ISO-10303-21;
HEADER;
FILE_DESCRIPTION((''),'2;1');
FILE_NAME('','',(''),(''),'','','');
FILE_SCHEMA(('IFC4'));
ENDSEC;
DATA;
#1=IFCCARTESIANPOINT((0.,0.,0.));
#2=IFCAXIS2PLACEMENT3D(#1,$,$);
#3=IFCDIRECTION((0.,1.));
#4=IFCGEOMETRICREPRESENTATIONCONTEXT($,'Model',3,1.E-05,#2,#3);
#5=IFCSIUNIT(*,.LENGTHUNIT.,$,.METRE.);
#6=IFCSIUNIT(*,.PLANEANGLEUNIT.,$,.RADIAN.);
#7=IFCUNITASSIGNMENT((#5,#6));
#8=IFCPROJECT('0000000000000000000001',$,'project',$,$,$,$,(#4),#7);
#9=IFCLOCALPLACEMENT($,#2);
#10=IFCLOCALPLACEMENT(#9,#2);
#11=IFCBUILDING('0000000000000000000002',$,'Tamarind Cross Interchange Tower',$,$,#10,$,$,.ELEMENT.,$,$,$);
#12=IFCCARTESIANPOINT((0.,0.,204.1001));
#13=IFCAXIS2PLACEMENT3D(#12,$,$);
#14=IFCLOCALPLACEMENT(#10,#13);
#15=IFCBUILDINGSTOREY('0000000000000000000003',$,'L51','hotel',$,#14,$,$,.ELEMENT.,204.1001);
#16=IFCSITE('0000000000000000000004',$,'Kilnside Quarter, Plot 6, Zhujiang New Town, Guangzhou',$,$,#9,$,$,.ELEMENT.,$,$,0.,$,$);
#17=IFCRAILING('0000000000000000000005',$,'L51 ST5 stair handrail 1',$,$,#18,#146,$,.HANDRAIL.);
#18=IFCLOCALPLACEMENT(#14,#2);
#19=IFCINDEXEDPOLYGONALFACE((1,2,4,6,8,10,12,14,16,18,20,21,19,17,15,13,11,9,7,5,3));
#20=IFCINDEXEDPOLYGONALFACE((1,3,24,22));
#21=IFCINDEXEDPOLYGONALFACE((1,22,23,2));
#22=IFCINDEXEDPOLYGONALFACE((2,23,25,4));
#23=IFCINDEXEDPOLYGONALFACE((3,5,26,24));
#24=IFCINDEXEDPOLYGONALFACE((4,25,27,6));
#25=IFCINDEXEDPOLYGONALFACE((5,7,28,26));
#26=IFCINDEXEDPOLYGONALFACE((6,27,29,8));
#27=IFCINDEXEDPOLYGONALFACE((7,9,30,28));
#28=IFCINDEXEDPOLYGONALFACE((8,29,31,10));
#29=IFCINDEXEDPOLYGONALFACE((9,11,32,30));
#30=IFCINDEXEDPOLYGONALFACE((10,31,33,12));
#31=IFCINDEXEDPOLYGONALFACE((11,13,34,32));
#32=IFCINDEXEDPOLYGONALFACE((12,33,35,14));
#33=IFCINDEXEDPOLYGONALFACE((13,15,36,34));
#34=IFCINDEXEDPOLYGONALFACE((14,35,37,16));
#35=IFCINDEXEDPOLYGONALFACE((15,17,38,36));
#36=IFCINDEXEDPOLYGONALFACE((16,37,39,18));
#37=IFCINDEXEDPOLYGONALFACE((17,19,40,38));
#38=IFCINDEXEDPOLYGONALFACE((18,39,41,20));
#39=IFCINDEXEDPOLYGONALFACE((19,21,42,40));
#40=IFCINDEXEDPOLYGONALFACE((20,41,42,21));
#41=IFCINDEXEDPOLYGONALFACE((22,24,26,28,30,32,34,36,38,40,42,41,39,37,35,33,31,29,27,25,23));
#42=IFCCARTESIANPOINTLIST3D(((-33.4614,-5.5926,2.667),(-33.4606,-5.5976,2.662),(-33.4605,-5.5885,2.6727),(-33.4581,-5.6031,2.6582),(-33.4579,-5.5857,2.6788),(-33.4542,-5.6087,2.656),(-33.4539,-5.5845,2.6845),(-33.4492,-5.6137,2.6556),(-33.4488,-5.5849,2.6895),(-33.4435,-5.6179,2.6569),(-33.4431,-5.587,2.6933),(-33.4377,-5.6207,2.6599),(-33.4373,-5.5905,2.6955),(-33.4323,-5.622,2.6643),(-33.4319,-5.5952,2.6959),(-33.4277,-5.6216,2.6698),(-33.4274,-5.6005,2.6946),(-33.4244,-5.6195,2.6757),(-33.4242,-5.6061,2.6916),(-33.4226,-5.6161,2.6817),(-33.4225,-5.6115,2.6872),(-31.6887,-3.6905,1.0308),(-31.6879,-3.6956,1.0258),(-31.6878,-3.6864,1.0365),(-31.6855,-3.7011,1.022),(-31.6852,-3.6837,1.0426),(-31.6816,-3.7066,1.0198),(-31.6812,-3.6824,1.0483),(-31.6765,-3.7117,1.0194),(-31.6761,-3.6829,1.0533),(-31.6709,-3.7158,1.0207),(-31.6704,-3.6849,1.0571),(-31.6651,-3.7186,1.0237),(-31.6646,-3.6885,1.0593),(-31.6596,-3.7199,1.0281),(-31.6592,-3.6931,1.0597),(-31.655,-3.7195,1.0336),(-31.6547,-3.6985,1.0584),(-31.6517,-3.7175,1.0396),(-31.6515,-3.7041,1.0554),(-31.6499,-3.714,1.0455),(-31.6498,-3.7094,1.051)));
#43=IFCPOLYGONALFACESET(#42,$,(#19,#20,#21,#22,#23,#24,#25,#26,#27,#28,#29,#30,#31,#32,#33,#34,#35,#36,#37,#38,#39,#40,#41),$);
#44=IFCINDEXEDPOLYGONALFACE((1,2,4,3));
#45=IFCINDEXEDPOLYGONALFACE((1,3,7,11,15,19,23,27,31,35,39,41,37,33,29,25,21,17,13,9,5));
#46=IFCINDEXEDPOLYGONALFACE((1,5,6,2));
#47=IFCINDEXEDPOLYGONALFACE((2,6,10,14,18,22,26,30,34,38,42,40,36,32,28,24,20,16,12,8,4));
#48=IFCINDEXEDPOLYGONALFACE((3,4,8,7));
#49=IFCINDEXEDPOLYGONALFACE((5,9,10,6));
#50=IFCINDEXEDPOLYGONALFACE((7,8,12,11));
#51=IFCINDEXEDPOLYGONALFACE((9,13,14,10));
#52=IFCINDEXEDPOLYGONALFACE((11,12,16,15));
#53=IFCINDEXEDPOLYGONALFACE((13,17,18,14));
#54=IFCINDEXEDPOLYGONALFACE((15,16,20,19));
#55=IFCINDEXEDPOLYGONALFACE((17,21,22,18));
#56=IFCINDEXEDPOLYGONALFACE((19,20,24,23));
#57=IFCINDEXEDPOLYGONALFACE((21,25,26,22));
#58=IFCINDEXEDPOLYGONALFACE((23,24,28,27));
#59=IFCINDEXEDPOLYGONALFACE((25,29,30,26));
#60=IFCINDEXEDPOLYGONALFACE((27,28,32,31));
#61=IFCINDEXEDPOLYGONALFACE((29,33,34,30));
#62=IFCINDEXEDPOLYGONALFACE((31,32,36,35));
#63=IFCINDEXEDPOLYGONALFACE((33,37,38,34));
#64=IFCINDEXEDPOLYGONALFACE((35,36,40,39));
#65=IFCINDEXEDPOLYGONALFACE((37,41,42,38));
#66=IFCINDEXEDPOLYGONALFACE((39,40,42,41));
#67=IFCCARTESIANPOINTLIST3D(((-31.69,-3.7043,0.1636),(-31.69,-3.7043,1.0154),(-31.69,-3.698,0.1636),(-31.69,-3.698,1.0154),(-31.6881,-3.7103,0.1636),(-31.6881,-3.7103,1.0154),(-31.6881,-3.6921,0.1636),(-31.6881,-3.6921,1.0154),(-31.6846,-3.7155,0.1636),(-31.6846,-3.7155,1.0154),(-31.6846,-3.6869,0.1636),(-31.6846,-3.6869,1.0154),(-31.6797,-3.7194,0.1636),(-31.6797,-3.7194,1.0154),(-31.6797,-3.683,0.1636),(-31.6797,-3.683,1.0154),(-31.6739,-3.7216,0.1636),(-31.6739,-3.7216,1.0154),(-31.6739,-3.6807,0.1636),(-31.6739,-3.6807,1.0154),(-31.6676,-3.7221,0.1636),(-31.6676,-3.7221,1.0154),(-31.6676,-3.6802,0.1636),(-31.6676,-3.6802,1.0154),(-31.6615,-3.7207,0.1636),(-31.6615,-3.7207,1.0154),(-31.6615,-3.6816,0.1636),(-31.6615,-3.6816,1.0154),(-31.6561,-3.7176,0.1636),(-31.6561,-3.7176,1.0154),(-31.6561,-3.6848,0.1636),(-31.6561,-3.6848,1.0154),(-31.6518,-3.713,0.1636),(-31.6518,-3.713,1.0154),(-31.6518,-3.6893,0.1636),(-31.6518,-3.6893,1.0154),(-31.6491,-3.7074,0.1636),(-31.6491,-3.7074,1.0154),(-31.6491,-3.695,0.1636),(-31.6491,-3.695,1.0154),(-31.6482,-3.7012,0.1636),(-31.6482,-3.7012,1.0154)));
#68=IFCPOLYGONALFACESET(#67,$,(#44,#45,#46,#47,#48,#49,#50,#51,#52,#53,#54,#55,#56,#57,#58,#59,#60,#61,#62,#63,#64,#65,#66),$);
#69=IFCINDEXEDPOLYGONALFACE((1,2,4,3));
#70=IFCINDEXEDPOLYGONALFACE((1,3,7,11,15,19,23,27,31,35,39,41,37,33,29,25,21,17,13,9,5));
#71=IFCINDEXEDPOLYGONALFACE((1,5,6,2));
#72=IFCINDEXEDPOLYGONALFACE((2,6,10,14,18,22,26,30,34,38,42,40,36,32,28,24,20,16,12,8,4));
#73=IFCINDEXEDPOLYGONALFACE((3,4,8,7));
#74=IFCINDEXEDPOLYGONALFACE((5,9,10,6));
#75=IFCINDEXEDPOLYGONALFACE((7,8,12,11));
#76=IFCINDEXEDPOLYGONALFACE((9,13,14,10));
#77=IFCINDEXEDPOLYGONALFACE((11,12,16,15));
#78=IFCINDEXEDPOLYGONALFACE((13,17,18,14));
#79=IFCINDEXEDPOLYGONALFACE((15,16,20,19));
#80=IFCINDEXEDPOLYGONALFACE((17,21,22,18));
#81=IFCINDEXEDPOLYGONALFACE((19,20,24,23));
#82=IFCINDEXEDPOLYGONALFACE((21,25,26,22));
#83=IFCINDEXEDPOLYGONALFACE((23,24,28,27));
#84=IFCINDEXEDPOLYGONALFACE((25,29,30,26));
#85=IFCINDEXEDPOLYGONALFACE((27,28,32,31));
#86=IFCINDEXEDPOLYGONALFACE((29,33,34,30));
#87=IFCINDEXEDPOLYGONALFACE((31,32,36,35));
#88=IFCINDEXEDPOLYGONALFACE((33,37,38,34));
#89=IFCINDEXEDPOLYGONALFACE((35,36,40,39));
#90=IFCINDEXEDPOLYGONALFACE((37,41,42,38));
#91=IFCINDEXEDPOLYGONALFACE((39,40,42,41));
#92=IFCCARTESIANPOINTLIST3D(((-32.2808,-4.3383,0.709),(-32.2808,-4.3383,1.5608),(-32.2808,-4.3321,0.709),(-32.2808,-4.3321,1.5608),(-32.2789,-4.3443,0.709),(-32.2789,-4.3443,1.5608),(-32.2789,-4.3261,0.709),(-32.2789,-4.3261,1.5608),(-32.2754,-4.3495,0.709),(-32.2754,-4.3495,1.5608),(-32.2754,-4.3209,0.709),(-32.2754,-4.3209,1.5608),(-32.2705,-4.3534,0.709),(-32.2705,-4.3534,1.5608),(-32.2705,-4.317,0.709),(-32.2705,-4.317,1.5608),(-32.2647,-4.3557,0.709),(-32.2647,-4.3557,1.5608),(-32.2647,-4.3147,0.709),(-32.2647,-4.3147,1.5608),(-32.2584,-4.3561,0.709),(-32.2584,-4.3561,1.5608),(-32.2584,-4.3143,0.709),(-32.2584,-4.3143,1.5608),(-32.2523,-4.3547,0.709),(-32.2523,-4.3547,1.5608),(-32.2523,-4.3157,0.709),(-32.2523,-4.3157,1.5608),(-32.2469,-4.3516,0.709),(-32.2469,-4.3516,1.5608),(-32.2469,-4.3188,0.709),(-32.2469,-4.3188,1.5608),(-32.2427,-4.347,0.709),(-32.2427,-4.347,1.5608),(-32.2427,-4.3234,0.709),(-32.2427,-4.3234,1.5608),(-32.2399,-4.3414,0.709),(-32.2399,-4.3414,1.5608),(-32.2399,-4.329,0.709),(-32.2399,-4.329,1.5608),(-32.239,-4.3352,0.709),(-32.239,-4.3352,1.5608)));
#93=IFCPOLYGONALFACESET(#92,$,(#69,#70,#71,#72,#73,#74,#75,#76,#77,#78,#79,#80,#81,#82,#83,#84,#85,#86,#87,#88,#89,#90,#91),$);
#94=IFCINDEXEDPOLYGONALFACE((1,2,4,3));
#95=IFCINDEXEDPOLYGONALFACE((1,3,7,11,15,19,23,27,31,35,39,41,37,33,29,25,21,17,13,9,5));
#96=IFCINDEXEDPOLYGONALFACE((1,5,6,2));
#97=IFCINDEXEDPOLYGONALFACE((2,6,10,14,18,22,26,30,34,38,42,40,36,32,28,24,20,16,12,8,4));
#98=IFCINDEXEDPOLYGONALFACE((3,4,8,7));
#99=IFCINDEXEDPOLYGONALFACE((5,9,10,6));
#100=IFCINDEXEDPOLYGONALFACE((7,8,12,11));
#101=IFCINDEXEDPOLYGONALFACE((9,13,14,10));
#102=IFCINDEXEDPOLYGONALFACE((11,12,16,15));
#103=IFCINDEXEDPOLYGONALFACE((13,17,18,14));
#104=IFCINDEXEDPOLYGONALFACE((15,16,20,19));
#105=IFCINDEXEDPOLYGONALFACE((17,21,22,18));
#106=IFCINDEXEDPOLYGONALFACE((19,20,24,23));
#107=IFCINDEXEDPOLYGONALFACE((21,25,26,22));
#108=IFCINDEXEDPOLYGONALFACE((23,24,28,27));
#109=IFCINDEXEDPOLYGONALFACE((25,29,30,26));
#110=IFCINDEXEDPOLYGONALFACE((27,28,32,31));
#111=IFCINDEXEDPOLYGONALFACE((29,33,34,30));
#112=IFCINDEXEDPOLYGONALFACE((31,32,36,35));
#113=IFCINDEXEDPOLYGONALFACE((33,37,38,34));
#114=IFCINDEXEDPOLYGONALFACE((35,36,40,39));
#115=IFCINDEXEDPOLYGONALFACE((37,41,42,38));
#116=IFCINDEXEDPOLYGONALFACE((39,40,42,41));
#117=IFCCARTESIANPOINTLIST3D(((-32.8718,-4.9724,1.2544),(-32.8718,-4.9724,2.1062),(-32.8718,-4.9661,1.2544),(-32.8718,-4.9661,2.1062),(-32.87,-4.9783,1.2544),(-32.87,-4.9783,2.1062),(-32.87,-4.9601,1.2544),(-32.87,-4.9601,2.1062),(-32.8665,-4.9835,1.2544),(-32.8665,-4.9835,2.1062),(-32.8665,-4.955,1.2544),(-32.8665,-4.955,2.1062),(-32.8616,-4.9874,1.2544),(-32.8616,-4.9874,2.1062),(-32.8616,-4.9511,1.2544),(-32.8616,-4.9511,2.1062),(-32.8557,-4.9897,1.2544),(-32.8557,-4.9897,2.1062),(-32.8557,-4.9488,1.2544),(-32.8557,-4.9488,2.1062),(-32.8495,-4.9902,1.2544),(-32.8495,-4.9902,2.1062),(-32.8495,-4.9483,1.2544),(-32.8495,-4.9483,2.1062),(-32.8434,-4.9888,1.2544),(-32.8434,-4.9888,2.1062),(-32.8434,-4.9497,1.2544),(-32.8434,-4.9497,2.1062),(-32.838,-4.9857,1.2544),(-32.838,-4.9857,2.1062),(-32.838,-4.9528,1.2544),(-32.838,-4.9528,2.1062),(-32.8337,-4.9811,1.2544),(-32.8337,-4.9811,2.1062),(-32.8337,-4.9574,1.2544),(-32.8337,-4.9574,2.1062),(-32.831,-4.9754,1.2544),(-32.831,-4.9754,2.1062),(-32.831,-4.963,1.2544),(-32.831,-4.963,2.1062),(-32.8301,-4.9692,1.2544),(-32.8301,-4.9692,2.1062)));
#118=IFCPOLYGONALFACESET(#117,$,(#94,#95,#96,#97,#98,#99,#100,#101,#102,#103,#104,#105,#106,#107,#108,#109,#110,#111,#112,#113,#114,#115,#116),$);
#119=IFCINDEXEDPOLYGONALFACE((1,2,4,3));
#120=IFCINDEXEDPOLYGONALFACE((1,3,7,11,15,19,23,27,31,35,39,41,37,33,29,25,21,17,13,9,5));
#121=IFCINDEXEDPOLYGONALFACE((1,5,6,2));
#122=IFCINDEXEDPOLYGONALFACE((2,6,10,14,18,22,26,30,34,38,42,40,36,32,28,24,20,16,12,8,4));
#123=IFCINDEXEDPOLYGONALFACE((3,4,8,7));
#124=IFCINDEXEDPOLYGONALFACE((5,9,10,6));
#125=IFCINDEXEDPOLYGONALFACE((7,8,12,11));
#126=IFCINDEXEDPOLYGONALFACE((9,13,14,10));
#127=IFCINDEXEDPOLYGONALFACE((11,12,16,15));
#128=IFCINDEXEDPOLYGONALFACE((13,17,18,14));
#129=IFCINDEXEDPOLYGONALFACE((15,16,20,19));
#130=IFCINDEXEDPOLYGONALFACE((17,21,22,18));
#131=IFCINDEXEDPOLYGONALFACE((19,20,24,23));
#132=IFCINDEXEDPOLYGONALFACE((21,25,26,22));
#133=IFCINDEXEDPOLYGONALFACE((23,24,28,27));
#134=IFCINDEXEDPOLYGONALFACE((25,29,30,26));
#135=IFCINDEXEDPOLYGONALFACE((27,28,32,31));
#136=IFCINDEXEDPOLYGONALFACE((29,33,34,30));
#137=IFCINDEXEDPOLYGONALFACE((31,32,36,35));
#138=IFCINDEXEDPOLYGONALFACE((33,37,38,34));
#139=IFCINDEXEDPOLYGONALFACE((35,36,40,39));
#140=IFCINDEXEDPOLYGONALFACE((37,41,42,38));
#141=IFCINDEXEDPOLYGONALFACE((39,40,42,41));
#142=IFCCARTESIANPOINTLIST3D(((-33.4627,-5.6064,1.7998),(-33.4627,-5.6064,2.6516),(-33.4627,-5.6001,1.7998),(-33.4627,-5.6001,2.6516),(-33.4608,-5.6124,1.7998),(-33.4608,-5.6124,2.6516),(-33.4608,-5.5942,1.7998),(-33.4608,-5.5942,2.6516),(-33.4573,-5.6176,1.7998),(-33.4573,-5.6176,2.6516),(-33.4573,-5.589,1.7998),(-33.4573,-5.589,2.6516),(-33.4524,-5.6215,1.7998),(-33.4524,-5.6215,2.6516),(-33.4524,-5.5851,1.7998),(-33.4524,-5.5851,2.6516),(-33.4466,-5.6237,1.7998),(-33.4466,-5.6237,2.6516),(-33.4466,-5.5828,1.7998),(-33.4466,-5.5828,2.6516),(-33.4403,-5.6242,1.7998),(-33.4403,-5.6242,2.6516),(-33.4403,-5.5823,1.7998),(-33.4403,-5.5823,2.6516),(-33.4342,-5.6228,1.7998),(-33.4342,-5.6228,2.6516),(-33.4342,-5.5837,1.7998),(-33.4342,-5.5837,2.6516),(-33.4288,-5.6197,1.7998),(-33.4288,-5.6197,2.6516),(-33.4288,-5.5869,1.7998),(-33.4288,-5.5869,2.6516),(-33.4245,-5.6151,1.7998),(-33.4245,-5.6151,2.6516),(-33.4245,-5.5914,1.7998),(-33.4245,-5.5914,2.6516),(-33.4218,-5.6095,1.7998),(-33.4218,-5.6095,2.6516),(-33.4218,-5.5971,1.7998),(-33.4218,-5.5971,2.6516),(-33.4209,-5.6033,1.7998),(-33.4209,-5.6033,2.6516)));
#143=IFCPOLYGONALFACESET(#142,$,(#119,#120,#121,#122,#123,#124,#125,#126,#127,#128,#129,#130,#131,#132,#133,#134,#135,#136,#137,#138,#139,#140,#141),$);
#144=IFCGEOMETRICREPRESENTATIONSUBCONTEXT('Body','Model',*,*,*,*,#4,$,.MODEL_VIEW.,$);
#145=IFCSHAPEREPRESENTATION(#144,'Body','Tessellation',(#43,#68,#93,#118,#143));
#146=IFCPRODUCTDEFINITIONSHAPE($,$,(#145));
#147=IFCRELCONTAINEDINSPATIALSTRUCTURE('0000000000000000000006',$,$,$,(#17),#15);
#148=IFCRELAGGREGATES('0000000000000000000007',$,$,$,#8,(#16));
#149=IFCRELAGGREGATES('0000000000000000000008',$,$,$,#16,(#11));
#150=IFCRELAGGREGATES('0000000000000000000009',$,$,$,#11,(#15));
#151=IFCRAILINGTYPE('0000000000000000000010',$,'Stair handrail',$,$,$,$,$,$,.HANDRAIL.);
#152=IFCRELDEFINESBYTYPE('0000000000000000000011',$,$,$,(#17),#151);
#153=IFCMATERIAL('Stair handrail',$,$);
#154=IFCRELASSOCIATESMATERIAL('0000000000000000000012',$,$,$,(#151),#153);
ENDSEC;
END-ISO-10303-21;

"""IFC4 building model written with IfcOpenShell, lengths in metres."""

from ifc_helpers import new_model, si_unit, direction, frame, origin, origin_2d, place, context, subcontext, project, spatial, circle, extrude, material, type_object, element, save


model = new_model("IFC4")

# Units and contexts
model_context = context("Model", 3, precision=1e-05, world=origin(), true_north=direction((0.0, 1.0)))
body_context = subcontext(model_context, "Body", "Model", "MODEL_VIEW")
ifc_project = project(units=[si_unit("LENGTHUNIT", "METRE"), si_unit("PLANEANGLEUNIT", "RADIAN")], contexts=[model_context])

# Site, building, storey
site_placement = place(None, origin())
site = spatial("IfcSite", under=ifc_project, at=site_placement, Name="Kilnside Quarter, Plot 6, Zhujiang New Town, Guangzhou", CompositionType="ELEMENT", RefElevation=0.0)
building_placement = place(site_placement, origin())
building = spatial("IfcBuilding", under=site, at=building_placement, Name="Tamarind Cross Interchange Tower", CompositionType="ELEMENT")
storey_placement = place(building_placement, frame((0.0, 0.0, 204.1001)))
storey = spatial("IfcBuildingStorey", under=building, at=storey_placement, Name="L51", Description="hotel", CompositionType="ELEMENT", Elevation=204.1001)

# Railing
ifc_material_1 = material(Name="Stair handrail")
railing_type_1 = type_object("IfcRailingType", Name="Stair handrail", PredefinedType="HANDRAIL", material=ifc_material_1)
railing_1_placement = place(storey_placement, frame((-31.6692, -3.7012, 0.1636)))
element("IfcRailing", 1, at=railing_1_placement, inside=storey, type_object=railing_type_1, Name="L51 ST5 stair handrail 1", PredefinedType="HANDRAIL", context=body_context, shape_type="SweptSolid", body=[
    extrude(circle(Radius=0.0239, at=origin_2d()), frame((0.0, 0.0, 0.876), z_axis=(-0.577036, -0.619156, 0.532612), x_axis=(0.731552, -0.681786, 0.0)), (0.0, 0.0, 1.0), 3.072),
    extrude(circle(Radius=0.021, at=origin_2d()), origin(), (0.0, 0.0, 1.0), 0.8518),
    extrude(circle(Radius=0.021, at=origin_2d()), frame((-0.5908, -0.634, 0.5454)), (0.0, 0.0, 1.0), 0.8518),
    extrude(circle(Radius=0.021, at=origin_2d()), frame((-1.1819, -1.2681, 1.0908)), (0.0, 0.0, 1.0), 0.8518),
    extrude(circle(Radius=0.021, at=origin_2d()), frame((-1.7727, -1.9021, 1.6362)), (0.0, 0.0, 1.0), 0.8518),
])

save(model, "model.ifc")
